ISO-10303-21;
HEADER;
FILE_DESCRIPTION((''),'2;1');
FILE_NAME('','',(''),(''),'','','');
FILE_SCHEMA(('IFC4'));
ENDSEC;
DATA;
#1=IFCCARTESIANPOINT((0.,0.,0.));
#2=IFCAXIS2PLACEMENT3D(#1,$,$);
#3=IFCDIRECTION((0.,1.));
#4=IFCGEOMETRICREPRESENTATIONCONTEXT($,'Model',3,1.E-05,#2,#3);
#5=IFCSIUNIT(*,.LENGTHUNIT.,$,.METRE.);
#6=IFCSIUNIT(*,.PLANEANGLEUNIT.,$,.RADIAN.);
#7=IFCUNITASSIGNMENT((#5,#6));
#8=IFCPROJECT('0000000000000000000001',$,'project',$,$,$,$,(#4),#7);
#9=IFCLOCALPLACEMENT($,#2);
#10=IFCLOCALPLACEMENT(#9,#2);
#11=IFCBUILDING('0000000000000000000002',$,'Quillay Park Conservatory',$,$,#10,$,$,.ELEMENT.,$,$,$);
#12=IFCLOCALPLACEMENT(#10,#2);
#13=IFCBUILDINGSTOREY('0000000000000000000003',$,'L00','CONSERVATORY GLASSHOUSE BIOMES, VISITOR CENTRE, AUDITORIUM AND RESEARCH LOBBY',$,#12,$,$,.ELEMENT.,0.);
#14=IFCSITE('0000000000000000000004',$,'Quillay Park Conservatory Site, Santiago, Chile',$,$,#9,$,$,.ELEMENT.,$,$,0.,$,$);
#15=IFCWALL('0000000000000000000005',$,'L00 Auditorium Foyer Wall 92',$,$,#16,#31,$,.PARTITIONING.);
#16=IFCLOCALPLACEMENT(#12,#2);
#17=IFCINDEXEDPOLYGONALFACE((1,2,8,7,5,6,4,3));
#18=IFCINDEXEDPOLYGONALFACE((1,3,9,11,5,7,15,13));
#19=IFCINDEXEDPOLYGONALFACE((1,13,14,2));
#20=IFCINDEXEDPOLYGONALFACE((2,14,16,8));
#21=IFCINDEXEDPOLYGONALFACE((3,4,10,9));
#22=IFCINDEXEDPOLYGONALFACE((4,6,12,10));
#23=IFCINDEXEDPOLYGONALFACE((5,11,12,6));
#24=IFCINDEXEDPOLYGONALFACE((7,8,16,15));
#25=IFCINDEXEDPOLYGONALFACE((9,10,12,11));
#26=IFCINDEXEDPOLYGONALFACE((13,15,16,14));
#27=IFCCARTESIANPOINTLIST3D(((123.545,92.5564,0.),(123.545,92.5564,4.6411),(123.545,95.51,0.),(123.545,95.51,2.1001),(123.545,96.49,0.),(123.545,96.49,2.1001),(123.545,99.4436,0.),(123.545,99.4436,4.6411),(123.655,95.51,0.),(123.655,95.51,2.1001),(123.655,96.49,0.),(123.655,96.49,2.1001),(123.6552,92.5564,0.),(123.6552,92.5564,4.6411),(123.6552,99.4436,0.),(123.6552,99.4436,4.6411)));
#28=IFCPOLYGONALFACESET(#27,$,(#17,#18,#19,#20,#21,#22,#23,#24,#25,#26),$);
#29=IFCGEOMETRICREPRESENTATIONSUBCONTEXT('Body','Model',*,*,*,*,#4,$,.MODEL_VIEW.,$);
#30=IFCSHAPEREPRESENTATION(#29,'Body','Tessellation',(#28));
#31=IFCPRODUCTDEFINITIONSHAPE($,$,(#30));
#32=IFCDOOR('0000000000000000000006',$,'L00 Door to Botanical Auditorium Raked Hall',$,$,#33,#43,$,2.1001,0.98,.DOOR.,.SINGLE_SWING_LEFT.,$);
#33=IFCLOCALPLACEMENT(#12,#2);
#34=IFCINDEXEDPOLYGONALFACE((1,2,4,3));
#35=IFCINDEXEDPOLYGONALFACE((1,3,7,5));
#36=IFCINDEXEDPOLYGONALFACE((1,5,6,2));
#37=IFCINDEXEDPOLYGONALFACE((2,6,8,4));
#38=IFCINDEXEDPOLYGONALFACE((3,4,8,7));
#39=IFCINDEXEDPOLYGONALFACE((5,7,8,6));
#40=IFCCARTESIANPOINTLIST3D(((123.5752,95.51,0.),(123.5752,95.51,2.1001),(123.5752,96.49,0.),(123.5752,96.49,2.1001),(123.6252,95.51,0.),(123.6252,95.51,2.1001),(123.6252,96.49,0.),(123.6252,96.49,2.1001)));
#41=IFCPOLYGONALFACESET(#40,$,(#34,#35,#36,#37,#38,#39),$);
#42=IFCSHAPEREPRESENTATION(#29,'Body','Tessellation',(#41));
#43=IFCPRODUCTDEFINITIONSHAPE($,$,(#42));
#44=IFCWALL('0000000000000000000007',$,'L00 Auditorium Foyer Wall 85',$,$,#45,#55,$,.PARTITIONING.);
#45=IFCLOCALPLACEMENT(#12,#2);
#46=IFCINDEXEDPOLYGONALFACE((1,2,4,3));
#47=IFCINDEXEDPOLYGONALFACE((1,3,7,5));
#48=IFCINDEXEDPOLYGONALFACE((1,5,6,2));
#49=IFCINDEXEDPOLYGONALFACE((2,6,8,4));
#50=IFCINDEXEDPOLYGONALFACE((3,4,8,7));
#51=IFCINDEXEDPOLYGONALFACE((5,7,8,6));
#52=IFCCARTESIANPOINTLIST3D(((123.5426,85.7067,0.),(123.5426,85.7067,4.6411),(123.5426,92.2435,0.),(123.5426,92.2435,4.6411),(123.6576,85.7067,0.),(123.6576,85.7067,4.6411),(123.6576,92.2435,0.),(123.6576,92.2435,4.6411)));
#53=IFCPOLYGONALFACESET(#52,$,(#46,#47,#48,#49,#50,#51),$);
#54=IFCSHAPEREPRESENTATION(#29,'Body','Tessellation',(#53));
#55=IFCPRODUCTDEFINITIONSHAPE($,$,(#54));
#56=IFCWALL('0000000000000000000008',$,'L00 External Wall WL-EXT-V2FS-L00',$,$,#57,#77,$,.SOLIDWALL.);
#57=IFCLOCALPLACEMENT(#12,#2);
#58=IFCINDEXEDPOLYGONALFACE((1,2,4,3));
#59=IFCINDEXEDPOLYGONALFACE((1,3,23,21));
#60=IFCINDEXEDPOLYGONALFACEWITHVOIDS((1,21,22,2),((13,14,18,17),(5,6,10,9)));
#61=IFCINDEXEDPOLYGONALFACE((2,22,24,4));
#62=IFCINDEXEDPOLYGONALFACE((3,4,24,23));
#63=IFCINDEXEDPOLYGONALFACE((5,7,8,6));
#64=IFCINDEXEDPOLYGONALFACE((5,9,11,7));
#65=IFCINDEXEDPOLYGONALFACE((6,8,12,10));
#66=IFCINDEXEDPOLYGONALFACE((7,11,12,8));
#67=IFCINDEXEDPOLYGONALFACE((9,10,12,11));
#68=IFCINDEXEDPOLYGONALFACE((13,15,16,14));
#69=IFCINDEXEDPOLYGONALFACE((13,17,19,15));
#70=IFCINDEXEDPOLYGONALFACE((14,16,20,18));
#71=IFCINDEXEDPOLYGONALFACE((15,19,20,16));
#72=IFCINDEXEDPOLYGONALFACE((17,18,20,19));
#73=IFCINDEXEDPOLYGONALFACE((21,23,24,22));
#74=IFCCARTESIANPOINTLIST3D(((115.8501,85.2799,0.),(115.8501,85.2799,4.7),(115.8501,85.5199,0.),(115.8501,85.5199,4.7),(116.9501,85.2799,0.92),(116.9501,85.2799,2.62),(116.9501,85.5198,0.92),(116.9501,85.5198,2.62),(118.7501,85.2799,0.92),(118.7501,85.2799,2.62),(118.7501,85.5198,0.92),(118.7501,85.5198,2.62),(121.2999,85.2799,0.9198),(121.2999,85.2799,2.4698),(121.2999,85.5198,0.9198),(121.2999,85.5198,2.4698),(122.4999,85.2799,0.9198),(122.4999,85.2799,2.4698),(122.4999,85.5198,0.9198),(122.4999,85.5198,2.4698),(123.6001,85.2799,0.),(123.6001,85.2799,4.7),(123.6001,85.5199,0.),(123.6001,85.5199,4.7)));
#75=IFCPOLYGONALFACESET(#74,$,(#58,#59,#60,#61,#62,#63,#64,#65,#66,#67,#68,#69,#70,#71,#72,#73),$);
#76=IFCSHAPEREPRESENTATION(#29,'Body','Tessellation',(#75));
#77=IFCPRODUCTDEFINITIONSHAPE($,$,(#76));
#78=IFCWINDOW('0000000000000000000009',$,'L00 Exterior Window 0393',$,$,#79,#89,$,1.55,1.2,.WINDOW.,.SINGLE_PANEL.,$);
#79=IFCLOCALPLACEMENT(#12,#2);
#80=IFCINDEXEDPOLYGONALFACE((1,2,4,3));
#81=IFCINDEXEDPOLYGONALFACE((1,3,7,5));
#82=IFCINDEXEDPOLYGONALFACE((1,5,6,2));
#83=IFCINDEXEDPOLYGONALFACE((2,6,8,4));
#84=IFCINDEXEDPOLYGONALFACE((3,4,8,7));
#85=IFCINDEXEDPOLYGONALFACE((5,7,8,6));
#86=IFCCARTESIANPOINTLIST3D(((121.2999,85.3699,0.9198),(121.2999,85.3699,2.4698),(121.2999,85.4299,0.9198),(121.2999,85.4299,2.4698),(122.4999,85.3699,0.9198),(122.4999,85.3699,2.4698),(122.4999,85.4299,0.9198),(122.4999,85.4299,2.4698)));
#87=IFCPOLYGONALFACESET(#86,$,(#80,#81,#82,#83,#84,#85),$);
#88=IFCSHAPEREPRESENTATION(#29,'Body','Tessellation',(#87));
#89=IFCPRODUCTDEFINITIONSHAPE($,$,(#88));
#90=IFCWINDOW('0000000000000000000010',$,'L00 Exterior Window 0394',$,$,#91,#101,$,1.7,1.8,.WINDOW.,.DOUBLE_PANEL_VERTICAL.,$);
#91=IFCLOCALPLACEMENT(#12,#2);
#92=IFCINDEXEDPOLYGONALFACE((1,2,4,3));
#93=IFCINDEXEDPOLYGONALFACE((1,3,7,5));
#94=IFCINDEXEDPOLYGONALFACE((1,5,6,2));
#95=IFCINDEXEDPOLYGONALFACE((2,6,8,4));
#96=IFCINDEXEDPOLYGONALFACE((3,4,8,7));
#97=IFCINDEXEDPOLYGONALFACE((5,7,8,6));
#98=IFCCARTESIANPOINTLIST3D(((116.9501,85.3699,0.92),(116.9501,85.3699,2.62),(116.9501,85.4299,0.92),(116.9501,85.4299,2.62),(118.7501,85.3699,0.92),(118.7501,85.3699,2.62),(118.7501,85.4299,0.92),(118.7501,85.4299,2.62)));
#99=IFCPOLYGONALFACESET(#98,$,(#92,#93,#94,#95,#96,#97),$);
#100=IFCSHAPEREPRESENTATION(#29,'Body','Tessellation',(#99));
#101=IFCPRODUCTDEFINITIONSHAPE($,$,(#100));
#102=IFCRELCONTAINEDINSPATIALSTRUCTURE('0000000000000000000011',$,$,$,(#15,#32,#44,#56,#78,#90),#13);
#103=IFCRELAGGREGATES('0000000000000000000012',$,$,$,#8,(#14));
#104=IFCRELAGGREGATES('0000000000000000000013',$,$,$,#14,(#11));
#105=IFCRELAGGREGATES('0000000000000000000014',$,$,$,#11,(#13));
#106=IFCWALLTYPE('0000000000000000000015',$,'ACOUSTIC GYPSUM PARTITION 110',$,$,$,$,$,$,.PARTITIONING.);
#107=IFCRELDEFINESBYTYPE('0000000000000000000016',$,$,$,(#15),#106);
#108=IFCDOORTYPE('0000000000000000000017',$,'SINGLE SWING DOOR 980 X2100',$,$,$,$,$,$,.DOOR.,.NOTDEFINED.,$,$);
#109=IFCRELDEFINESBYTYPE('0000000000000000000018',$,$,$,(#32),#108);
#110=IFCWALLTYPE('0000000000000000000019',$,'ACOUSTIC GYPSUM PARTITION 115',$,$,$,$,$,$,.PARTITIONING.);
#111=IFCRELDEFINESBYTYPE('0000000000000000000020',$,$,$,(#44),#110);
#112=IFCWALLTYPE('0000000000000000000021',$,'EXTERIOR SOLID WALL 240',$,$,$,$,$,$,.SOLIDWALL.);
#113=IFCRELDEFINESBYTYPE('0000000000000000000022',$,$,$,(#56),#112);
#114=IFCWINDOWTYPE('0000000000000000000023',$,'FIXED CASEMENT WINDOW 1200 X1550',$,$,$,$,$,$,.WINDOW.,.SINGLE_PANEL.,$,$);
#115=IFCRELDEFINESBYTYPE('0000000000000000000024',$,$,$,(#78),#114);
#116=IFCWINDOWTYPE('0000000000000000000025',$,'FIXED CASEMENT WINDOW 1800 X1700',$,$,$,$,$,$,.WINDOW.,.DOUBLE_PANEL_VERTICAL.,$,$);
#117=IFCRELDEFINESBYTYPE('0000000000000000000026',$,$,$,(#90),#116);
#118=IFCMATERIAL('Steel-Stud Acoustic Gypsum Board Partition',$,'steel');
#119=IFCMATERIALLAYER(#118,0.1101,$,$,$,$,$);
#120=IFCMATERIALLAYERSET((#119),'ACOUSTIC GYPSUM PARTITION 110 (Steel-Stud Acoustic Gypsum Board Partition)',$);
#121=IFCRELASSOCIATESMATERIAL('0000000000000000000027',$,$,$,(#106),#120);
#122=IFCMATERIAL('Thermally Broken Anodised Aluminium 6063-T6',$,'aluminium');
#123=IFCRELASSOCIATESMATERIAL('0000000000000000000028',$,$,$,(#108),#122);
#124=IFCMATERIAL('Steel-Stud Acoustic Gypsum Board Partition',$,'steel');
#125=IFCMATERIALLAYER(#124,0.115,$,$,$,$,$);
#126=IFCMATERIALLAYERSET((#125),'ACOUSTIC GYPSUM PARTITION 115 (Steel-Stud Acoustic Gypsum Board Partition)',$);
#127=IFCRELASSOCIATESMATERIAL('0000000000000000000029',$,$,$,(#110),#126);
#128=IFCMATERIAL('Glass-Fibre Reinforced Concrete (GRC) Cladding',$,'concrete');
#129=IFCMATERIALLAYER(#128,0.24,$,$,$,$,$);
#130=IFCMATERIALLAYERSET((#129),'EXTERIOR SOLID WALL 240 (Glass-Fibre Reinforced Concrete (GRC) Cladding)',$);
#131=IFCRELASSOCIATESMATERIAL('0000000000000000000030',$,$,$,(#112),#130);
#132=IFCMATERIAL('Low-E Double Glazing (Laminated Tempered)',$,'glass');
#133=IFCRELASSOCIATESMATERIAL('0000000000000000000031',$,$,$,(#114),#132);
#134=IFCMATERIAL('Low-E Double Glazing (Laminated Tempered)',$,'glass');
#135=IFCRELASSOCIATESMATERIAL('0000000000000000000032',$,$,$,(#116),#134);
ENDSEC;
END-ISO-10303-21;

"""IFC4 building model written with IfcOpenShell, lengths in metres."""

from ifc_helpers import new_model, si_unit, direction, frame, frame_2d, origin, place, context, subcontext, project, spatial, rectangle, extrude, material, layer, layer_set, type_object, element, fill, save


model = new_model("IFC4")

# Units and contexts
model_context = context("Model", 3, precision=1e-05, world=origin(), true_north=direction((0.0, 1.0)))
body_context = subcontext(model_context, "Body", "Model", "MODEL_VIEW")
ifc_project = project(units=[si_unit("LENGTHUNIT", "METRE"), si_unit("PLANEANGLEUNIT", "RADIAN")], contexts=[model_context])

# Site, building, storey
site_placement = place(None, origin())
site = spatial("IfcSite", under=ifc_project, at=site_placement, Name="Quillay Park Conservatory Site, Santiago, Chile", CompositionType="ELEMENT", RefElevation=0.0)
building_placement = place(site_placement, origin())
building = spatial("IfcBuilding", under=site, at=building_placement, Name="Quillay Park Conservatory", CompositionType="ELEMENT")
storey_placement = place(building_placement, origin())
storey = spatial("IfcBuildingStorey", under=building, at=storey_placement, Name="L00", Description="CONSERVATORY GLASSHOUSE BIOMES, VISITOR CENTRE, AUDITORIUM AND RESEARCH LOBBY", CompositionType="ELEMENT", Elevation=0.0)

# Wall, opening, door
ifc_material_1 = material(Name="Steel-Stud Acoustic Gypsum Board Partition", Category="steel")
ifc_layer_1 = layer(ifc_material_1, 0.1101)
ifc_layer_set_1 = layer_set([ifc_layer_1], Name="ACOUSTIC GYPSUM PARTITION 110 (Steel-Stud Acoustic Gypsum Board Partition)")
wall_type_1 = type_object("IfcWallType", Name="ACOUSTIC GYPSUM PARTITION 110", PredefinedType="PARTITIONING", material=ifc_layer_set_1)
wall_1_placement = place(storey_placement, frame((123.6001, 92.5564, 0.0), z_axis=(0.0, 0.0, 1.0), x_axis=(0.0, 1.0, 0.0)))
wall_1 = element("IfcWall", 1, at=wall_1_placement, inside=storey, type_object=wall_type_1, Name="L00 Auditorium Foyer Wall 92", PredefinedType="PARTITIONING", context=body_context, shape_type="SweptSolid", body=[
    extrude(rectangle(XDim=6.8872, YDim=0.1101, at=frame_2d((3.4436, 0.0))), origin(), (0.0, 0.0, 1.0), 4.6411),
])
opening_1_placement = place(wall_1_placement, frame((2.9536, 0.0, 0.0)))
opening_1 = element("IfcOpeningElement", 2, at=opening_1_placement, cuts=wall_1, PredefinedType="OPENING", context=body_context, shape_type="SweptSolid", body=[
    extrude(rectangle(XDim=0.98, YDim=2.1001, at=frame_2d((0.49, 1.05))), frame((0.0, 0.0552, 0.0), z_axis=(0.0, -1.0, 0.0), x_axis=(1.0, 0.0, 0.0)), (0.0, 0.0, 1.0), 0.1101),
])
ifc_material_2 = material(Name="Thermally Broken Anodised Aluminium 6063-T6", Category="aluminium")
door_type_1 = type_object("IfcDoorType", Name="SINGLE SWING DOOR 980 X2100", OperationType="NOTDEFINED", PredefinedType="DOOR", material=ifc_material_2)
door_1_placement = place(opening_1_placement, origin())
door_1 = element("IfcDoor", 3, at=door_1_placement, inside=storey, type_object=door_type_1, Name="L00 Door to Botanical Auditorium Raked Hall", OperationType="SINGLE_SWING_LEFT", OverallHeight=2.1001, OverallWidth=0.98, PredefinedType="DOOR", context=body_context, shape_type="SweptSolid", body=[
    extrude(rectangle(XDim=0.98, YDim=2.1001, at=frame_2d((0.49, 1.05))), frame((0.0, 0.0249, 0.0), z_axis=(0.0, -1.0, 0.0), x_axis=(1.0, 0.0, 0.0)), (0.0, 0.0, 1.0), 0.05),
])
fill(opening_1, door_1)

# Wall
ifc_material_3 = material(Name="Steel-Stud Acoustic Gypsum Board Partition", Category="steel")
ifc_layer_2 = layer(ifc_material_3, 0.115)
ifc_layer_set_2 = layer_set([ifc_layer_2], Name="ACOUSTIC GYPSUM PARTITION 115 (Steel-Stud Acoustic Gypsum Board Partition)")
wall_type_2 = type_object("IfcWallType", Name="ACOUSTIC GYPSUM PARTITION 115", PredefinedType="PARTITIONING", material=ifc_layer_set_2)
wall_2_placement = place(storey_placement, frame((123.6001, 85.7065, 0.0), z_axis=(0.0, 0.0, 1.0), x_axis=(0.0, 1.0, 0.0)))
element("IfcWall", 4, at=wall_2_placement, inside=storey, type_object=wall_type_2, Name="L00 Auditorium Foyer Wall 85", PredefinedType="PARTITIONING", context=body_context, shape_type="SweptSolid", body=[
    extrude(rectangle(XDim=6.5369, YDim=0.115, at=frame_2d((3.2686, 0.0))), origin(), (0.0, 0.0, 1.0), 4.6411),
])

# Wall, openings, windows
ifc_material_4 = material(Name="Glass-Fibre Reinforced Concrete (GRC) Cladding", Category="concrete")
ifc_layer_3 = layer(ifc_material_4, 0.24)
ifc_layer_set_3 = layer_set([ifc_layer_3], Name="EXTERIOR SOLID WALL 240 (Glass-Fibre Reinforced Concrete (GRC) Cladding)")
wall_type_3 = type_object("IfcWallType", Name="EXTERIOR SOLID WALL 240", PredefinedType="SOLIDWALL", material=ifc_layer_set_3)
wall_3_placement = place(storey_placement, frame((123.6001, 85.3999, 0.0), z_axis=(0.0, 0.0, 1.0), x_axis=(-1.0, 0.0, 0.0)))
wall_3 = element("IfcWall", 5, at=wall_3_placement, inside=storey, type_object=wall_type_3, Name="L00 External Wall WL-EXT-V2FS-L00", PredefinedType="SOLIDWALL", context=body_context, shape_type="SweptSolid", body=[
    extrude(rectangle(XDim=7.75, YDim=0.24, at=frame_2d((3.875, 0.0))), origin(), (0.0, 0.0, 1.0), 4.7),
])
opening_2_placement = place(wall_3_placement, frame((1.1001, 0.0, 0.9199)))
opening_2 = element("IfcOpeningElement", 6, at=opening_2_placement, cuts=wall_3, PredefinedType="OPENING", context=body_context, shape_type="SweptSolid", body=[
    extrude(rectangle(XDim=1.2, YDim=1.55, at=frame_2d((0.6001, 0.7749))), frame((0.0, 0.1201, 0.0), z_axis=(0.0, -1.0, 0.0), x_axis=(1.0, 0.0, 0.0)), (0.0, 0.0, 1.0), 0.24),
])
opening_3_placement = place(wall_3_placement, frame((4.8501, 0.0, 0.9199)))
opening_3 = element("IfcOpeningElement", 7, at=opening_3_placement, cuts=wall_3, PredefinedType="OPENING", context=body_context, shape_type="SweptSolid", body=[
    extrude(rectangle(XDim=1.8, YDim=1.7, at=frame_2d((0.8999, 0.8501))), frame((0.0, 0.1201, 0.0), z_axis=(0.0, -1.0, 0.0), x_axis=(1.0, 0.0, 0.0)), (0.0, 0.0, 1.0), 0.24),
])
ifc_material_5 = material(Name="Low-E Double Glazing (Laminated Tempered)", Category="glass")
window_type_1 = type_object("IfcWindowType", Name="FIXED CASEMENT WINDOW 1200 X1550", PartitioningType="SINGLE_PANEL", PredefinedType="WINDOW", material=ifc_material_5)
window_1_placement = place(opening_2_placement, origin())
window_1 = element("IfcWindow", 8, at=window_1_placement, inside=storey, type_object=window_type_1, Name="L00 Exterior Window 0393", OverallHeight=1.55, OverallWidth=1.2, PartitioningType="SINGLE_PANEL", PredefinedType="WINDOW", context=body_context, shape_type="SweptSolid", body=[
    extrude(rectangle(XDim=1.2, YDim=1.55, at=frame_2d((0.6001, 0.7749))), frame((0.0, 0.03, 0.0), z_axis=(0.0, -1.0, 0.0), x_axis=(1.0, 0.0, 0.0)), (0.0, 0.0, 1.0), 0.0601),
])
fill(opening_2, window_1)
ifc_material_6 = material(Name="Low-E Double Glazing (Laminated Tempered)", Category="glass")
window_type_2 = type_object("IfcWindowType", Name="FIXED CASEMENT WINDOW 1800 X1700", PartitioningType="DOUBLE_PANEL_VERTICAL", PredefinedType="WINDOW", material=ifc_material_6)
window_2_placement = place(opening_3_placement, origin())
window_2 = element("IfcWindow", 9, at=window_2_placement, inside=storey, type_object=window_type_2, Name="L00 Exterior Window 0394", OverallHeight=1.7, OverallWidth=1.8, PartitioningType="DOUBLE_PANEL_VERTICAL", PredefinedType="WINDOW", context=body_context, shape_type="SweptSolid", body=[
    extrude(rectangle(XDim=1.8, YDim=1.7, at=frame_2d((0.8999, 0.8501))), frame((0.0, 0.03, 0.0), z_axis=(0.0, -1.0, 0.0), x_axis=(1.0, 0.0, 0.0)), (0.0, 0.0, 1.0), 0.0601),
])
fill(opening_3, window_2)

save(model, "model.ifc")
